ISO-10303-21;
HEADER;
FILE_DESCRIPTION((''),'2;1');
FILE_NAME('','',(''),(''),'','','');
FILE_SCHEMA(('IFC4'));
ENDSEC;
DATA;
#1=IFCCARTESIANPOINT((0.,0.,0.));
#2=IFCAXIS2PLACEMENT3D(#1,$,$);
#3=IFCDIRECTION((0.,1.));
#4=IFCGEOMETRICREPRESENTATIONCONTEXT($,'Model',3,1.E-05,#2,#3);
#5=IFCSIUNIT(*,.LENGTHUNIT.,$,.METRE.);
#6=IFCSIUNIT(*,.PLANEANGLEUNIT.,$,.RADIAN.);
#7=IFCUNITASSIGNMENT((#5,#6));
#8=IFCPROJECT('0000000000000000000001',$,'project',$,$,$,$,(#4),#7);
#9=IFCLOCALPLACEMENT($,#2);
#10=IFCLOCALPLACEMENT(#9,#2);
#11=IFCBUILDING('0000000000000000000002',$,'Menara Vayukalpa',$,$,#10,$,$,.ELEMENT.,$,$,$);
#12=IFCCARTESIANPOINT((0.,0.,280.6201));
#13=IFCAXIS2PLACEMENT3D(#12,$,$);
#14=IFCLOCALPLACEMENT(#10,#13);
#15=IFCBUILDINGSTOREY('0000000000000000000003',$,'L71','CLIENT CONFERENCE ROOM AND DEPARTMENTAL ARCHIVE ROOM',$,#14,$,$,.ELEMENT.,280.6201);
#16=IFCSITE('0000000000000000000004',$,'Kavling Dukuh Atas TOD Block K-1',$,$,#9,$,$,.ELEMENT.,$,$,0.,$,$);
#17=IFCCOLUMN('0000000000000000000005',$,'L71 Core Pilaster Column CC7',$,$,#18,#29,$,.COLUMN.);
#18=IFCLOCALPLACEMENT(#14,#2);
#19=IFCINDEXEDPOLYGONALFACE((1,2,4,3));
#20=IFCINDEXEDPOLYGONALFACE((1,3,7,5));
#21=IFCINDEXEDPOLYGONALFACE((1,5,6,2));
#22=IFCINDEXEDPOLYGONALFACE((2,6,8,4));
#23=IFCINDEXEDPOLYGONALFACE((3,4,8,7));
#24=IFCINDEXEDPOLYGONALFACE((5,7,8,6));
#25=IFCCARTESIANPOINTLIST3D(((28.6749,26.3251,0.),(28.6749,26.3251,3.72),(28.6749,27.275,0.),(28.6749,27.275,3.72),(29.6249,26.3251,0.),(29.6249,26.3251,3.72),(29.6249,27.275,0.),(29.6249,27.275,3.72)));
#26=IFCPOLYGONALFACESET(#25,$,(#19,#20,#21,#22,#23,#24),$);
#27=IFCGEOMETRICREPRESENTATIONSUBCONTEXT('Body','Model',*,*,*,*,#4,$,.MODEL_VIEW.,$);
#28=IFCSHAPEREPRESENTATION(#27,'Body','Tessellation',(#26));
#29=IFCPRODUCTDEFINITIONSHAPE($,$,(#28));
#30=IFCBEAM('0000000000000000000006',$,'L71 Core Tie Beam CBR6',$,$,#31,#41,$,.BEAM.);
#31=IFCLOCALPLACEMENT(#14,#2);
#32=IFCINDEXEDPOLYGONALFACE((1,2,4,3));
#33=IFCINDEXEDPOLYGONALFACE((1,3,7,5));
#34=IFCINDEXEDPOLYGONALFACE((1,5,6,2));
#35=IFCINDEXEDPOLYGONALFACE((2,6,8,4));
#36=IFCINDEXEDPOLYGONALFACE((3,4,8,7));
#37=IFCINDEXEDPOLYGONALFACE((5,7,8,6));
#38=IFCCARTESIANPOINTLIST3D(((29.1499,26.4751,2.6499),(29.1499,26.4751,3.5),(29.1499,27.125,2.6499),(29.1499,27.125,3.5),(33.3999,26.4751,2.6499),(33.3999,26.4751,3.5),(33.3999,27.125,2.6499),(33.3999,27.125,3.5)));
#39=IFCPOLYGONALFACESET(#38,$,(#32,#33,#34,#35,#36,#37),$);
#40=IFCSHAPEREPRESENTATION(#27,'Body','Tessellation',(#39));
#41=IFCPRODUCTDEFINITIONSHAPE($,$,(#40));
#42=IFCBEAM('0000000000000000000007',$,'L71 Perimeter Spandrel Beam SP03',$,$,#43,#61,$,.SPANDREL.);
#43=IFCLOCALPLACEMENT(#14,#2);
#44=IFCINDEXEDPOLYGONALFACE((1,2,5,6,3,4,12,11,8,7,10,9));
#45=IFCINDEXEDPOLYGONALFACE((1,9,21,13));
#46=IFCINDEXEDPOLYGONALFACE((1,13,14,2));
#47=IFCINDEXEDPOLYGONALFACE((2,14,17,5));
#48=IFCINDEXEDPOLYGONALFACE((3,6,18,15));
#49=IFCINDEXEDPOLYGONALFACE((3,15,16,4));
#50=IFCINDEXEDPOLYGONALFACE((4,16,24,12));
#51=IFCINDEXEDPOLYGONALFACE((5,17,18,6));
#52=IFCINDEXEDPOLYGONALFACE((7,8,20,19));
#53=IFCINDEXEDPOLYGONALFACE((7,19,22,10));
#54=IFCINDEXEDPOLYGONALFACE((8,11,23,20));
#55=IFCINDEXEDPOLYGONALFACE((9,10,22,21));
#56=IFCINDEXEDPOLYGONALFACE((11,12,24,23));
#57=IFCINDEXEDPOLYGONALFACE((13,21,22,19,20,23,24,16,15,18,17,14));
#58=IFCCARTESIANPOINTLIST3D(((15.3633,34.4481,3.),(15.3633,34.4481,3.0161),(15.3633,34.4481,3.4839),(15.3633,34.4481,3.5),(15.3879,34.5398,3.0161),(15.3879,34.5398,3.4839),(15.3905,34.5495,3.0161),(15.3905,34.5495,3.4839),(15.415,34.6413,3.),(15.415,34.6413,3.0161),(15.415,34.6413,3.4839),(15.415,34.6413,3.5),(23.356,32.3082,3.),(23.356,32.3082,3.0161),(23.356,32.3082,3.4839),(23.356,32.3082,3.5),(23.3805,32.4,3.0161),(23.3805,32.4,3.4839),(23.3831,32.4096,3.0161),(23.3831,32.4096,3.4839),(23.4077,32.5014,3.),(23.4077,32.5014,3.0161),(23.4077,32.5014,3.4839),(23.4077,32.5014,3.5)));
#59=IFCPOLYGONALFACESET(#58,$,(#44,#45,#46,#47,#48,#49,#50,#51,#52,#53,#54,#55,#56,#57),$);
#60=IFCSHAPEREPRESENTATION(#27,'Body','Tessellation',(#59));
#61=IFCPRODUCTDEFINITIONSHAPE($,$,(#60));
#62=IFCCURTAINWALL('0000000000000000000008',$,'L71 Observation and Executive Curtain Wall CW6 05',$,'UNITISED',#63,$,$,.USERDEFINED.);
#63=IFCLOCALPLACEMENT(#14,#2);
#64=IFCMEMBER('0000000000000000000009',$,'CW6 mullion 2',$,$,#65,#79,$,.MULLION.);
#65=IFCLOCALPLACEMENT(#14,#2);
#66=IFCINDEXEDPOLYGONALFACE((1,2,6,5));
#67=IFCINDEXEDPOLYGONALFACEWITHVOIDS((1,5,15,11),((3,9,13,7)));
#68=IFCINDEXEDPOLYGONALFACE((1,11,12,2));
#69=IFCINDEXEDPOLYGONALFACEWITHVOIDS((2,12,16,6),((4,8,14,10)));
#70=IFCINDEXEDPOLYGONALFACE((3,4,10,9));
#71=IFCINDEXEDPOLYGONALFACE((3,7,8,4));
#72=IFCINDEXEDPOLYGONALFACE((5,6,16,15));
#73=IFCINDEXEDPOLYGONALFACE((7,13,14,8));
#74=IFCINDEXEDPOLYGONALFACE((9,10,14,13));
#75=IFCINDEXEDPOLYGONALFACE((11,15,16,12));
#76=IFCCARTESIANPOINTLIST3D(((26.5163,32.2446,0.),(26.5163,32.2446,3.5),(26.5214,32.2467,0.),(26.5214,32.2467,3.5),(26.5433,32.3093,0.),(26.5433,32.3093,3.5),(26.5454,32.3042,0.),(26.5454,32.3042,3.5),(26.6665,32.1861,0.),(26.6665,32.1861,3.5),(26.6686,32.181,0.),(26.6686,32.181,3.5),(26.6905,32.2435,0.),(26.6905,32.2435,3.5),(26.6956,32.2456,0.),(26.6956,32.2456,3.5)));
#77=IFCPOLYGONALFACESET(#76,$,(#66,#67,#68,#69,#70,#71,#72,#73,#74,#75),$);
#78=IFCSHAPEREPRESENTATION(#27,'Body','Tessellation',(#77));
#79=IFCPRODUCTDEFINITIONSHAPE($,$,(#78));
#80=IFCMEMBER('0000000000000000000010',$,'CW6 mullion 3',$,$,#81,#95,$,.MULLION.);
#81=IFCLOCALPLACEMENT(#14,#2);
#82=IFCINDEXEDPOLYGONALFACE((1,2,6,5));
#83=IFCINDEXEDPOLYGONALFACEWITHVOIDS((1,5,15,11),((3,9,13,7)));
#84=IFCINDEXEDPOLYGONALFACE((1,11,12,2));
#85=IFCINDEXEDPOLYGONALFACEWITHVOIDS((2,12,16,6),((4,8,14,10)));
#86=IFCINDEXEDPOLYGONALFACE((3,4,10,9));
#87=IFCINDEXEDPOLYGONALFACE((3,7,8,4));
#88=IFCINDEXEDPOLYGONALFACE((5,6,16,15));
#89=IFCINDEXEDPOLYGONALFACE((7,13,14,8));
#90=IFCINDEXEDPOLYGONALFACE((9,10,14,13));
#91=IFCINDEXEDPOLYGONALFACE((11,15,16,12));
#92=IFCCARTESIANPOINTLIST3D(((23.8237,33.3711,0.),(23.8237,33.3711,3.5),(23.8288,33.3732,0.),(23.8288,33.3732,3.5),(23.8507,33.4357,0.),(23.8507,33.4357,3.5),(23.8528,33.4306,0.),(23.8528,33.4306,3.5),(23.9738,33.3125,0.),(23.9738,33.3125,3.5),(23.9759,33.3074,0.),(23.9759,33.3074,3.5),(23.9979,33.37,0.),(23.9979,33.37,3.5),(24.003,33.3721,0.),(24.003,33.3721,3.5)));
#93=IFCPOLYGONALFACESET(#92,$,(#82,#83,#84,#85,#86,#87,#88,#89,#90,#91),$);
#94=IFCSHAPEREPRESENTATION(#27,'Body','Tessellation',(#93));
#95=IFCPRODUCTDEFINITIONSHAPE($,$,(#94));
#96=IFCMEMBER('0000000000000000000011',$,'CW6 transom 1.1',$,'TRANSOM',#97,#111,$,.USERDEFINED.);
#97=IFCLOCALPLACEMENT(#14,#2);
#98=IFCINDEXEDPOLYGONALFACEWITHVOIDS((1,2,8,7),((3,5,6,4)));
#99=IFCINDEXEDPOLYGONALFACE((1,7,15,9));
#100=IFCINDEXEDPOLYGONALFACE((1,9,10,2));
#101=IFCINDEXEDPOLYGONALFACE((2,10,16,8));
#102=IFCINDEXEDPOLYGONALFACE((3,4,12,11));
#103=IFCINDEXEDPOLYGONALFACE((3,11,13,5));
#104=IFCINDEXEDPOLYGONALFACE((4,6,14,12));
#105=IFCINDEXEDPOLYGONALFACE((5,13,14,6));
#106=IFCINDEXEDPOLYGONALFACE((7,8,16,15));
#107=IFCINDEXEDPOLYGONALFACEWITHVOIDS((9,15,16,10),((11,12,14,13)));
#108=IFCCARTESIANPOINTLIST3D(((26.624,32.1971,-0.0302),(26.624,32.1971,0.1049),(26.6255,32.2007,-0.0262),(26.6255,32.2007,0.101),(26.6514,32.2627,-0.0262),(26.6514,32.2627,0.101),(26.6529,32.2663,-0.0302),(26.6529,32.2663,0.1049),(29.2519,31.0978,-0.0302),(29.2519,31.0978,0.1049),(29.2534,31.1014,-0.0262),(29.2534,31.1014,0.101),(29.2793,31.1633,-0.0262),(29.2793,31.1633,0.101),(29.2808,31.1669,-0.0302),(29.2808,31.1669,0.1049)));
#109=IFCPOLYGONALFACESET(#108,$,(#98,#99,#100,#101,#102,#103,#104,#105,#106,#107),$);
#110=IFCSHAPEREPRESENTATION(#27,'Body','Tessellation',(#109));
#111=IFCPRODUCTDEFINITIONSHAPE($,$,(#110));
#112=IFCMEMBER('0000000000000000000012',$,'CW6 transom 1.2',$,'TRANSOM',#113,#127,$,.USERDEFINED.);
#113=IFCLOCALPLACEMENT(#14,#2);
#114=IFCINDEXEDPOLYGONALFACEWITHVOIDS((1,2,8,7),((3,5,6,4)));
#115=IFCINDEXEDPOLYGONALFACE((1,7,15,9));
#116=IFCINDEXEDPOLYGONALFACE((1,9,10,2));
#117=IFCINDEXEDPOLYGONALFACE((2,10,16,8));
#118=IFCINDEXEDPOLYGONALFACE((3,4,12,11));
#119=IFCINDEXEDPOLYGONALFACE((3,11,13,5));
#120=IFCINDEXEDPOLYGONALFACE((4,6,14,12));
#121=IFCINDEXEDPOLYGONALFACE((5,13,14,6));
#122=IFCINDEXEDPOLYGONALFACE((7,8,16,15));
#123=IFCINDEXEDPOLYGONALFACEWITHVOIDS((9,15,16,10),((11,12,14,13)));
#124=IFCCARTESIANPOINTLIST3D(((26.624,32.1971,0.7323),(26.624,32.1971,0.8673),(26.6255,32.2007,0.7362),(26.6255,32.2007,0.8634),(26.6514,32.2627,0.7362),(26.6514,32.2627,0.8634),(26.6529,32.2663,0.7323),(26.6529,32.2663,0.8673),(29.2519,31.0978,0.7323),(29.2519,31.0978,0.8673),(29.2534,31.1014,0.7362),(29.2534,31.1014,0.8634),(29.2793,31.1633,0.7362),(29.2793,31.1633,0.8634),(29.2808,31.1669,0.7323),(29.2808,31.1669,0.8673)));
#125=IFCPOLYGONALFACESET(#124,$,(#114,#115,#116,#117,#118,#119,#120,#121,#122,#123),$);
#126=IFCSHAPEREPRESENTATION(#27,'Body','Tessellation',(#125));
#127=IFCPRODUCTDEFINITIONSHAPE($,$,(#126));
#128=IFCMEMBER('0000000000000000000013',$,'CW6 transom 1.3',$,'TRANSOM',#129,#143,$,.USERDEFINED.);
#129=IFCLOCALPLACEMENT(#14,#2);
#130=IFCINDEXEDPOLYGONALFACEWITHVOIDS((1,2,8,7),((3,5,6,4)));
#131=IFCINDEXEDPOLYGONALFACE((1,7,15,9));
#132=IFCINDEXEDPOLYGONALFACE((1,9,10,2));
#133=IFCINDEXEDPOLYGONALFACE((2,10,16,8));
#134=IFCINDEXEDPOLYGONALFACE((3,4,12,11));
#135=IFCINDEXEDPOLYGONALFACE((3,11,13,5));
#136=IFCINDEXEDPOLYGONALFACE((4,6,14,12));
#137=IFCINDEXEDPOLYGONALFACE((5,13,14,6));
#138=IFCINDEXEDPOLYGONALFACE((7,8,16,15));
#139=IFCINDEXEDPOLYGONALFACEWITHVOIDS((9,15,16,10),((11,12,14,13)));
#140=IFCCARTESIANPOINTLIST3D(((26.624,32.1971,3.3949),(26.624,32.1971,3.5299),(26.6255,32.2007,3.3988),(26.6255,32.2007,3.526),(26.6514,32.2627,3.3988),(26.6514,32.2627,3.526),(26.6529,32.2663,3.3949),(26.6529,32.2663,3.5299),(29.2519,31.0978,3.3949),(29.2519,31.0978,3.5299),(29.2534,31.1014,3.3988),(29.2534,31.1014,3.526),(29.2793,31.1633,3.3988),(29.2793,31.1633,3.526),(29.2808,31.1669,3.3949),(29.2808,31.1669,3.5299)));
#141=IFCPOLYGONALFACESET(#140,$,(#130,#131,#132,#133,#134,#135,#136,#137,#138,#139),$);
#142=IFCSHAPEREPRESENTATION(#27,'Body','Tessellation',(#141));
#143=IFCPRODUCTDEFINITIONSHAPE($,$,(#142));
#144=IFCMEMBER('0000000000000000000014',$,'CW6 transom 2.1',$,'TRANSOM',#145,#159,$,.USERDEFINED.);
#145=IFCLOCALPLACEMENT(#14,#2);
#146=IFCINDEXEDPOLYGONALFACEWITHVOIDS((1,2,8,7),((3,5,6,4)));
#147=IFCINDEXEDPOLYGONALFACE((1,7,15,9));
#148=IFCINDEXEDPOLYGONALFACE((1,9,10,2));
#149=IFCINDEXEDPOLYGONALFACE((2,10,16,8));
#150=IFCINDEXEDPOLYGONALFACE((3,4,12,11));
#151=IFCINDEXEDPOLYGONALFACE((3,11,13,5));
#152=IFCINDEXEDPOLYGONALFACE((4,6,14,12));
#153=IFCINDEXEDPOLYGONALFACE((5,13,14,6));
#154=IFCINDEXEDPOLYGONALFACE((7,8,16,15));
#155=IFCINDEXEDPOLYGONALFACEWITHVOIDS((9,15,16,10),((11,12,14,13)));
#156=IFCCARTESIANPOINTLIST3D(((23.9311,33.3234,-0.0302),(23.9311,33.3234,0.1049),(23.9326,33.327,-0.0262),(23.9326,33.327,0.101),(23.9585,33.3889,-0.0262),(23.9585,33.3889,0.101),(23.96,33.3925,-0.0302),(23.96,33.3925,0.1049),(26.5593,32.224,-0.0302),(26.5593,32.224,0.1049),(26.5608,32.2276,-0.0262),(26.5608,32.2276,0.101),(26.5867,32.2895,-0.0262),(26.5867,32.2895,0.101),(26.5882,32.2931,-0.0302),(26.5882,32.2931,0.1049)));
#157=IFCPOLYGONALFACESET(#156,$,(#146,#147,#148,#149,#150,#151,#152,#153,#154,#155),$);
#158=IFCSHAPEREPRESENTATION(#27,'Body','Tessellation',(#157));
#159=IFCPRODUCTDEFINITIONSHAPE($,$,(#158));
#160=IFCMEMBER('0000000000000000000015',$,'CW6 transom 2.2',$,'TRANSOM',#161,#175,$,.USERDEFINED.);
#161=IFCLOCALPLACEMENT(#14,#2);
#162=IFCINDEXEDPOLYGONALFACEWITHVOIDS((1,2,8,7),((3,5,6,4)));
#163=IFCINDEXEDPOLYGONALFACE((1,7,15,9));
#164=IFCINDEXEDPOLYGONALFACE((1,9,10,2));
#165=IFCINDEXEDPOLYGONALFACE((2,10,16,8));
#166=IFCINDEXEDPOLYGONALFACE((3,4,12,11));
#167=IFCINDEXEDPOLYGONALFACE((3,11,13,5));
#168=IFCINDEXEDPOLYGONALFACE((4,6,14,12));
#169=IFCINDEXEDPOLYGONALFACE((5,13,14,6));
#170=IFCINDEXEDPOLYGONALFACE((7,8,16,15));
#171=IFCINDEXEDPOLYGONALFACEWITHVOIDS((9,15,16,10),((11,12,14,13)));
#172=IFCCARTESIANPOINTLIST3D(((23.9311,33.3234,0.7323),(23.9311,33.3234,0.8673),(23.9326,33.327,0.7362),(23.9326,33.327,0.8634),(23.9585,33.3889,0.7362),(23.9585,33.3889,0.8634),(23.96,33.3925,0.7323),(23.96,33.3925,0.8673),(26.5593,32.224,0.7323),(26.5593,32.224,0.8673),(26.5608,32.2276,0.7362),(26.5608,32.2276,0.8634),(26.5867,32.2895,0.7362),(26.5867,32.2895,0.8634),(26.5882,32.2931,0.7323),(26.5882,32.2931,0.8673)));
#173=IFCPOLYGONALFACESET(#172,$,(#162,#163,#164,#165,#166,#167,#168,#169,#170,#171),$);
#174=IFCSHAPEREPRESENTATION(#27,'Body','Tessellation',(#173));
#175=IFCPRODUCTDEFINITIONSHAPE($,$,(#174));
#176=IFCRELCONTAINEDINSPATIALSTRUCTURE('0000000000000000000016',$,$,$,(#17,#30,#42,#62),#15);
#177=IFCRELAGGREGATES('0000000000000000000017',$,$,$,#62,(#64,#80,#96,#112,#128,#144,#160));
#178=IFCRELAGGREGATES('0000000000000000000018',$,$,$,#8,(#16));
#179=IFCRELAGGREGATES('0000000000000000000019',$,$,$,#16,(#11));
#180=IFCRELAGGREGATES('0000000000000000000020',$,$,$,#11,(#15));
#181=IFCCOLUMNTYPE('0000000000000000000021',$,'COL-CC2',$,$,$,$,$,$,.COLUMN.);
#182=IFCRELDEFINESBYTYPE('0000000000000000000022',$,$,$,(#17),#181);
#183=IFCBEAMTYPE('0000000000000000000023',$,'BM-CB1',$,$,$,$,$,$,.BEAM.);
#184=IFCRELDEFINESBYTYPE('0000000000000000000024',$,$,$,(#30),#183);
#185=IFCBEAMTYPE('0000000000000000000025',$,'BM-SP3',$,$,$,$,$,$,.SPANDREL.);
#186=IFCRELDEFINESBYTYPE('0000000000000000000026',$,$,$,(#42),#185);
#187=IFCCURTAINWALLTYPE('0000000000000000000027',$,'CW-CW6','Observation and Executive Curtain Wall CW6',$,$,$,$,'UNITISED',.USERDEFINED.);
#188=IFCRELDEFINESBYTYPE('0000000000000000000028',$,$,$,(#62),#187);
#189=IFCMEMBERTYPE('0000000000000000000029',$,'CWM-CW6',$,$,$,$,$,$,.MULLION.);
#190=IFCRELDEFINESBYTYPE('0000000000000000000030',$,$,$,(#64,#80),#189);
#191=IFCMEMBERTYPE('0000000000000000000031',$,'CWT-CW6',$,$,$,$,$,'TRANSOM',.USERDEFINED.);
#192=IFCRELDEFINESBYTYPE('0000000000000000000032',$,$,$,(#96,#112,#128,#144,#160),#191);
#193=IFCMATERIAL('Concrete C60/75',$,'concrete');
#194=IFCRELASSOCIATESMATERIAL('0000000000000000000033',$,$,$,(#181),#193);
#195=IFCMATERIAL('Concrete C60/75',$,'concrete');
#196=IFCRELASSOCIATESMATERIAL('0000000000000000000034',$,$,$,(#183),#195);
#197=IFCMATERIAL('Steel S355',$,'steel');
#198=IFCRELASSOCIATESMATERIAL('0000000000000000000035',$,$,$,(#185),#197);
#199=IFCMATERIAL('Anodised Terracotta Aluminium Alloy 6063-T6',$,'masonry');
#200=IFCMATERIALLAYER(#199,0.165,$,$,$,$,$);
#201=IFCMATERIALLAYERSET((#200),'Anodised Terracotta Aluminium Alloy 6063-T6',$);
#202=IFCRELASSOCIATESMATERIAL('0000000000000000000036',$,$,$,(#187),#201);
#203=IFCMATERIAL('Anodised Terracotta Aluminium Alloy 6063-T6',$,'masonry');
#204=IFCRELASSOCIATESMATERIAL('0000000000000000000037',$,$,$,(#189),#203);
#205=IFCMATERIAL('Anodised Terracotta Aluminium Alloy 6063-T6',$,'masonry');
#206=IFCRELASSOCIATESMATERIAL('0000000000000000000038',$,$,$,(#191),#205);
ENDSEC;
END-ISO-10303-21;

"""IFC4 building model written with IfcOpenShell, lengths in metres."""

from ifc_helpers import new_model, si_unit, direction, frame, origin, origin_2d, place, context, subcontext, project, spatial, rectangle, hollow_rectangle, i_section, extrude, material, layer, layer_set, material_profile, profile_set, type_object, element, aggregate, save


model = new_model("IFC4")

# Units and contexts
model_context = context("Model", 3, precision=1e-05, world=origin(), true_north=direction((0.0, 1.0)))
body_context = subcontext(model_context, "Body", "Model", "MODEL_VIEW")
ifc_project = project(units=[si_unit("LENGTHUNIT", "METRE"), si_unit("PLANEANGLEUNIT", "RADIAN")], contexts=[model_context])

# Site, building, storey
site_placement = place(None, origin())
site = spatial("IfcSite", under=ifc_project, at=site_placement, Name="Kavling Dukuh Atas TOD Block K-1", CompositionType="ELEMENT", RefElevation=0.0)
building_placement = place(site_placement, origin())
building = spatial("IfcBuilding", under=site, at=building_placement, Name="Menara Vayukalpa", CompositionType="ELEMENT")
storey_placement = place(building_placement, frame((0.0, 0.0, 280.6201)))
storey = spatial("IfcBuildingStorey", under=building, at=storey_placement, Name="L71", Description="CLIENT CONFERENCE ROOM AND DEPARTMENTAL ARCHIVE ROOM", CompositionType="ELEMENT", Elevation=280.6201)

# Column
ifc_material_1 = material(Name="Concrete C60/75", Category="concrete")
ifc_material_profile_1 = material_profile(ifc_material_1, rectangle(XDim=0.95, YDim=0.95, at=origin_2d()), Name="RC 950x950")
ifc_profile_set_1 = profile_set([ifc_material_profile_1], Name="Concrete C60/75")
column_type = type_object("IfcColumnType", Name="COL-CC2", PredefinedType="COLUMN", material=ifc_profile_set_1)
column_placement = place(storey_placement, frame((29.1499, 26.8, 0.0), z_axis=(0.0, 0.0, 1.0), x_axis=(1.0, 0.0, 0.0)))
element("IfcColumn", 1, at=column_placement, inside=storey, type_object=column_type, Name="L71 Core Pilaster Column CC7", PredefinedType="COLUMN", context=body_context, shape_type="SweptSolid", body=[
    extrude(rectangle(XDim=0.95, YDim=0.95, at=origin_2d()), origin(), (0.0, 0.0, 1.0), 3.72),
])

# Beams
ifc_material_2 = material(Name="Concrete C60/75", Category="concrete")
ifc_material_profile_2 = material_profile(ifc_material_2, rectangle(XDim=0.6499, YDim=0.8501, at=origin_2d()), Name="RC 650x850")
ifc_profile_set_2 = profile_set([ifc_material_profile_2], Name="Concrete C60/75")
beam_type_1 = type_object("IfcBeamType", Name="BM-CB1", PredefinedType="BEAM", material=ifc_profile_set_2)
beam_1_placement = place(storey_placement, frame((29.1499, 26.8, 3.075), z_axis=(1.0, 0.0, 0.0), x_axis=(0.0, 1.0, 0.0)))
element("IfcBeam", 2, at=beam_1_placement, inside=storey, type_object=beam_type_1, Name="L71 Core Tie Beam CBR6", PredefinedType="BEAM", context=body_context, shape_type="SweptSolid", body=[
    extrude(rectangle(XDim=0.6499, YDim=0.8501, at=origin_2d()), origin(), (0.0, 0.0, 1.0), 4.25),
])
ifc_material_3 = material(Name="Steel S355", Category="steel")
ifc_material_profile_3 = material_profile(ifc_material_3, i_section(OverallWidth=0.2, OverallDepth=0.5, WebThickness=0.01, FlangeThickness=0.0161, at=origin_2d()), Name="WF 500x200x10x16")
ifc_profile_set_3 = profile_set([ifc_material_profile_3], Name="Steel S355")
beam_type_2 = type_object("IfcBeamType", Name="BM-SP3", PredefinedType="SPANDREL", material=ifc_profile_set_3)
beam_2_placement = place(storey_placement, frame((23.3818, 32.4048, 3.25), z_axis=(-0.965978, 0.258623, 0.0), x_axis=(-0.258623, -0.965978, 0.0)))
element("IfcBeam", 3, at=beam_2_placement, inside=storey, type_object=beam_type_2, Name="L71 Perimeter Spandrel Beam SP03", PredefinedType="SPANDREL", context=body_context, shape_type="SweptSolid", body=[
    extrude(i_section(OverallWidth=0.2, OverallDepth=0.5, WebThickness=0.01, FlangeThickness=0.0161, at=origin_2d()), origin(), (0.0, 0.0, 1.0), 8.2742),
])

# Curtain wall, members
ifc_material_4 = material(Name="Anodised Terracotta Aluminium Alloy 6063-T6", Category="masonry")
ifc_layer_1 = layer(ifc_material_4, 0.165)
ifc_layer_set_1 = layer_set([ifc_layer_1], Name="Anodised Terracotta Aluminium Alloy 6063-T6")
curtain_wall_type = type_object("IfcCurtainWallType", Name="CW-CW6", Description="Observation and Executive Curtain Wall CW6", ElementType="UNITISED", PredefinedType="USERDEFINED", material=ifc_layer_set_1)
curtain_wall_placement = place(storey_placement, origin())
curtain_wall = element("IfcCurtainWall", 4, at=curtain_wall_placement, inside=storey, type_object=curtain_wall_type, Name="L71 Observation and Executive Curtain Wall CW6 05", ObjectType="UNITISED", PredefinedType="USERDEFINED")
ifc_material_5 = material(Name="Anodised Terracotta Aluminium Alloy 6063-T6", Category="masonry")
ifc_material_profile_4 = material_profile(ifc_material_5, hollow_rectangle(XDim=0.0701, YDim=0.165, WallThickness=0.0039, at=origin_2d()), Name="ALU 70x165x4")
ifc_profile_set_4 = profile_set([ifc_material_profile_4], Name="Anodised Terracotta Aluminium Alloy 6063-T6")
member_type_1 = type_object("IfcMemberType", Name="CWM-CW6", PredefinedType="MULLION", material=ifc_profile_set_4)
member_1_placement = place(storey_placement, frame((26.606, 32.2451, 0.0), z_axis=(0.0, 0.0, 1.0), x_axis=(-0.3859, -0.922541, 0.0)))
member_1 = element("IfcMember", 5, at=member_1_placement, type_object=member_type_1, Name="CW6 mullion 2", PredefinedType="MULLION", context=body_context, shape_type="SweptSolid", body=[
    extrude(hollow_rectangle(XDim=0.0701, YDim=0.165, WallThickness=0.0039, at=origin_2d()), origin(), (0.0, 0.0, 1.0), 3.5),
])
member_2_placement = place(storey_placement, frame((23.9133, 33.3716, 0.0), z_axis=(0.0, 0.0, 1.0), x_axis=(-0.3859, -0.922541, 0.0)))
member_2 = element("IfcMember", 6, at=member_2_placement, type_object=member_type_1, Name="CW6 mullion 3", PredefinedType="MULLION", context=body_context, shape_type="SweptSolid", body=[
    extrude(hollow_rectangle(XDim=0.0701, YDim=0.165, WallThickness=0.0039, at=origin_2d()), origin(), (0.0, 0.0, 1.0), 3.5),
])
ifc_material_6 = material(Name="Anodised Terracotta Aluminium Alloy 6063-T6", Category="masonry")
ifc_material_profile_5 = material_profile(ifc_material_6, hollow_rectangle(XDim=0.075, YDim=0.135, WallThickness=0.0039, at=origin_2d()), Name="ALU 75x135x4")
ifc_profile_set_5 = profile_set([ifc_material_profile_5], Name="Anodised Terracotta Aluminium Alloy 6063-T6")
member_type_2 = type_object("IfcMemberType", Name="CWT-CW6", ElementType="TRANSOM", PredefinedType="USERDEFINED", material=ifc_profile_set_5)
member_3_placement = place(storey_placement, frame((29.2664, 31.1323, 0.0374), z_axis=(-0.922528, 0.385929, 0.0), x_axis=(-0.385929, -0.922528, 0.0)))
member_3 = element("IfcMember", 7, at=member_3_placement, type_object=member_type_2, Name="CW6 transom 1.1", ObjectType="TRANSOM", PredefinedType="USERDEFINED", context=body_context, shape_type="SweptSolid", body=[
    extrude(hollow_rectangle(XDim=0.075, YDim=0.135, WallThickness=0.0039, at=origin_2d()), origin(), (0.0, 0.0, 1.0), 2.8486),
])
member_4_placement = place(storey_placement, frame((29.2664, 31.1323, 0.7998), z_axis=(-0.922528, 0.385929, 0.0), x_axis=(-0.385929, -0.922528, 0.0)))
member_4 = element("IfcMember", 8, at=member_4_placement, type_object=member_type_2, Name="CW6 transom 1.2", ObjectType="TRANSOM", PredefinedType="USERDEFINED", context=body_context, shape_type="SweptSolid", body=[
    extrude(hollow_rectangle(XDim=0.075, YDim=0.135, WallThickness=0.0039, at=origin_2d()), origin(), (0.0, 0.0, 1.0), 2.8486),
])
member_5_placement = place(storey_placement, frame((29.2664, 31.1323, 3.4624), z_axis=(-0.922528, 0.385929, 0.0), x_axis=(-0.385929, -0.922528, 0.0)))
member_5 = element("IfcMember", 9, at=member_5_placement, type_object=member_type_2, Name="CW6 transom 1.3", ObjectType="TRANSOM", PredefinedType="USERDEFINED", context=body_context, shape_type="SweptSolid", body=[
    extrude(hollow_rectangle(XDim=0.075, YDim=0.135, WallThickness=0.0039, at=origin_2d()), origin(), (0.0, 0.0, 1.0), 2.8486),
])
member_6_placement = place(storey_placement, frame((26.5737, 32.2585, 0.0374), z_axis=(-0.922541, 0.385899, 0.0), x_axis=(-0.385899, -0.922541, 0.0)))
member_6 = element("IfcMember", 10, at=member_6_placement, type_object=member_type_2, Name="CW6 transom 2.1", ObjectType="TRANSOM", PredefinedType="USERDEFINED", context=body_context, shape_type="SweptSolid", body=[
    extrude(hollow_rectangle(XDim=0.075, YDim=0.135, WallThickness=0.0039, at=origin_2d()), origin(), (0.0, 0.0, 1.0), 2.8489),
])
member_7_placement = place(storey_placement, frame((26.5737, 32.2585, 0.7998), z_axis=(-0.922541, 0.385899, 0.0), x_axis=(-0.385899, -0.922541, 0.0)))
member_7 = element("IfcMember", 11, at=member_7_placement, type_object=member_type_2, Name="CW6 transom 2.2", ObjectType="TRANSOM", PredefinedType="USERDEFINED", context=body_context, shape_type="SweptSolid", body=[
    extrude(hollow_rectangle(XDim=0.075, YDim=0.135, WallThickness=0.0039, at=origin_2d()), origin(), (0.0, 0.0, 1.0), 2.8489),
])
aggregate(curtain_wall, [member_1, member_2, member_3, member_4, member_5, member_6, member_7])

save(model, "model.ifc")
